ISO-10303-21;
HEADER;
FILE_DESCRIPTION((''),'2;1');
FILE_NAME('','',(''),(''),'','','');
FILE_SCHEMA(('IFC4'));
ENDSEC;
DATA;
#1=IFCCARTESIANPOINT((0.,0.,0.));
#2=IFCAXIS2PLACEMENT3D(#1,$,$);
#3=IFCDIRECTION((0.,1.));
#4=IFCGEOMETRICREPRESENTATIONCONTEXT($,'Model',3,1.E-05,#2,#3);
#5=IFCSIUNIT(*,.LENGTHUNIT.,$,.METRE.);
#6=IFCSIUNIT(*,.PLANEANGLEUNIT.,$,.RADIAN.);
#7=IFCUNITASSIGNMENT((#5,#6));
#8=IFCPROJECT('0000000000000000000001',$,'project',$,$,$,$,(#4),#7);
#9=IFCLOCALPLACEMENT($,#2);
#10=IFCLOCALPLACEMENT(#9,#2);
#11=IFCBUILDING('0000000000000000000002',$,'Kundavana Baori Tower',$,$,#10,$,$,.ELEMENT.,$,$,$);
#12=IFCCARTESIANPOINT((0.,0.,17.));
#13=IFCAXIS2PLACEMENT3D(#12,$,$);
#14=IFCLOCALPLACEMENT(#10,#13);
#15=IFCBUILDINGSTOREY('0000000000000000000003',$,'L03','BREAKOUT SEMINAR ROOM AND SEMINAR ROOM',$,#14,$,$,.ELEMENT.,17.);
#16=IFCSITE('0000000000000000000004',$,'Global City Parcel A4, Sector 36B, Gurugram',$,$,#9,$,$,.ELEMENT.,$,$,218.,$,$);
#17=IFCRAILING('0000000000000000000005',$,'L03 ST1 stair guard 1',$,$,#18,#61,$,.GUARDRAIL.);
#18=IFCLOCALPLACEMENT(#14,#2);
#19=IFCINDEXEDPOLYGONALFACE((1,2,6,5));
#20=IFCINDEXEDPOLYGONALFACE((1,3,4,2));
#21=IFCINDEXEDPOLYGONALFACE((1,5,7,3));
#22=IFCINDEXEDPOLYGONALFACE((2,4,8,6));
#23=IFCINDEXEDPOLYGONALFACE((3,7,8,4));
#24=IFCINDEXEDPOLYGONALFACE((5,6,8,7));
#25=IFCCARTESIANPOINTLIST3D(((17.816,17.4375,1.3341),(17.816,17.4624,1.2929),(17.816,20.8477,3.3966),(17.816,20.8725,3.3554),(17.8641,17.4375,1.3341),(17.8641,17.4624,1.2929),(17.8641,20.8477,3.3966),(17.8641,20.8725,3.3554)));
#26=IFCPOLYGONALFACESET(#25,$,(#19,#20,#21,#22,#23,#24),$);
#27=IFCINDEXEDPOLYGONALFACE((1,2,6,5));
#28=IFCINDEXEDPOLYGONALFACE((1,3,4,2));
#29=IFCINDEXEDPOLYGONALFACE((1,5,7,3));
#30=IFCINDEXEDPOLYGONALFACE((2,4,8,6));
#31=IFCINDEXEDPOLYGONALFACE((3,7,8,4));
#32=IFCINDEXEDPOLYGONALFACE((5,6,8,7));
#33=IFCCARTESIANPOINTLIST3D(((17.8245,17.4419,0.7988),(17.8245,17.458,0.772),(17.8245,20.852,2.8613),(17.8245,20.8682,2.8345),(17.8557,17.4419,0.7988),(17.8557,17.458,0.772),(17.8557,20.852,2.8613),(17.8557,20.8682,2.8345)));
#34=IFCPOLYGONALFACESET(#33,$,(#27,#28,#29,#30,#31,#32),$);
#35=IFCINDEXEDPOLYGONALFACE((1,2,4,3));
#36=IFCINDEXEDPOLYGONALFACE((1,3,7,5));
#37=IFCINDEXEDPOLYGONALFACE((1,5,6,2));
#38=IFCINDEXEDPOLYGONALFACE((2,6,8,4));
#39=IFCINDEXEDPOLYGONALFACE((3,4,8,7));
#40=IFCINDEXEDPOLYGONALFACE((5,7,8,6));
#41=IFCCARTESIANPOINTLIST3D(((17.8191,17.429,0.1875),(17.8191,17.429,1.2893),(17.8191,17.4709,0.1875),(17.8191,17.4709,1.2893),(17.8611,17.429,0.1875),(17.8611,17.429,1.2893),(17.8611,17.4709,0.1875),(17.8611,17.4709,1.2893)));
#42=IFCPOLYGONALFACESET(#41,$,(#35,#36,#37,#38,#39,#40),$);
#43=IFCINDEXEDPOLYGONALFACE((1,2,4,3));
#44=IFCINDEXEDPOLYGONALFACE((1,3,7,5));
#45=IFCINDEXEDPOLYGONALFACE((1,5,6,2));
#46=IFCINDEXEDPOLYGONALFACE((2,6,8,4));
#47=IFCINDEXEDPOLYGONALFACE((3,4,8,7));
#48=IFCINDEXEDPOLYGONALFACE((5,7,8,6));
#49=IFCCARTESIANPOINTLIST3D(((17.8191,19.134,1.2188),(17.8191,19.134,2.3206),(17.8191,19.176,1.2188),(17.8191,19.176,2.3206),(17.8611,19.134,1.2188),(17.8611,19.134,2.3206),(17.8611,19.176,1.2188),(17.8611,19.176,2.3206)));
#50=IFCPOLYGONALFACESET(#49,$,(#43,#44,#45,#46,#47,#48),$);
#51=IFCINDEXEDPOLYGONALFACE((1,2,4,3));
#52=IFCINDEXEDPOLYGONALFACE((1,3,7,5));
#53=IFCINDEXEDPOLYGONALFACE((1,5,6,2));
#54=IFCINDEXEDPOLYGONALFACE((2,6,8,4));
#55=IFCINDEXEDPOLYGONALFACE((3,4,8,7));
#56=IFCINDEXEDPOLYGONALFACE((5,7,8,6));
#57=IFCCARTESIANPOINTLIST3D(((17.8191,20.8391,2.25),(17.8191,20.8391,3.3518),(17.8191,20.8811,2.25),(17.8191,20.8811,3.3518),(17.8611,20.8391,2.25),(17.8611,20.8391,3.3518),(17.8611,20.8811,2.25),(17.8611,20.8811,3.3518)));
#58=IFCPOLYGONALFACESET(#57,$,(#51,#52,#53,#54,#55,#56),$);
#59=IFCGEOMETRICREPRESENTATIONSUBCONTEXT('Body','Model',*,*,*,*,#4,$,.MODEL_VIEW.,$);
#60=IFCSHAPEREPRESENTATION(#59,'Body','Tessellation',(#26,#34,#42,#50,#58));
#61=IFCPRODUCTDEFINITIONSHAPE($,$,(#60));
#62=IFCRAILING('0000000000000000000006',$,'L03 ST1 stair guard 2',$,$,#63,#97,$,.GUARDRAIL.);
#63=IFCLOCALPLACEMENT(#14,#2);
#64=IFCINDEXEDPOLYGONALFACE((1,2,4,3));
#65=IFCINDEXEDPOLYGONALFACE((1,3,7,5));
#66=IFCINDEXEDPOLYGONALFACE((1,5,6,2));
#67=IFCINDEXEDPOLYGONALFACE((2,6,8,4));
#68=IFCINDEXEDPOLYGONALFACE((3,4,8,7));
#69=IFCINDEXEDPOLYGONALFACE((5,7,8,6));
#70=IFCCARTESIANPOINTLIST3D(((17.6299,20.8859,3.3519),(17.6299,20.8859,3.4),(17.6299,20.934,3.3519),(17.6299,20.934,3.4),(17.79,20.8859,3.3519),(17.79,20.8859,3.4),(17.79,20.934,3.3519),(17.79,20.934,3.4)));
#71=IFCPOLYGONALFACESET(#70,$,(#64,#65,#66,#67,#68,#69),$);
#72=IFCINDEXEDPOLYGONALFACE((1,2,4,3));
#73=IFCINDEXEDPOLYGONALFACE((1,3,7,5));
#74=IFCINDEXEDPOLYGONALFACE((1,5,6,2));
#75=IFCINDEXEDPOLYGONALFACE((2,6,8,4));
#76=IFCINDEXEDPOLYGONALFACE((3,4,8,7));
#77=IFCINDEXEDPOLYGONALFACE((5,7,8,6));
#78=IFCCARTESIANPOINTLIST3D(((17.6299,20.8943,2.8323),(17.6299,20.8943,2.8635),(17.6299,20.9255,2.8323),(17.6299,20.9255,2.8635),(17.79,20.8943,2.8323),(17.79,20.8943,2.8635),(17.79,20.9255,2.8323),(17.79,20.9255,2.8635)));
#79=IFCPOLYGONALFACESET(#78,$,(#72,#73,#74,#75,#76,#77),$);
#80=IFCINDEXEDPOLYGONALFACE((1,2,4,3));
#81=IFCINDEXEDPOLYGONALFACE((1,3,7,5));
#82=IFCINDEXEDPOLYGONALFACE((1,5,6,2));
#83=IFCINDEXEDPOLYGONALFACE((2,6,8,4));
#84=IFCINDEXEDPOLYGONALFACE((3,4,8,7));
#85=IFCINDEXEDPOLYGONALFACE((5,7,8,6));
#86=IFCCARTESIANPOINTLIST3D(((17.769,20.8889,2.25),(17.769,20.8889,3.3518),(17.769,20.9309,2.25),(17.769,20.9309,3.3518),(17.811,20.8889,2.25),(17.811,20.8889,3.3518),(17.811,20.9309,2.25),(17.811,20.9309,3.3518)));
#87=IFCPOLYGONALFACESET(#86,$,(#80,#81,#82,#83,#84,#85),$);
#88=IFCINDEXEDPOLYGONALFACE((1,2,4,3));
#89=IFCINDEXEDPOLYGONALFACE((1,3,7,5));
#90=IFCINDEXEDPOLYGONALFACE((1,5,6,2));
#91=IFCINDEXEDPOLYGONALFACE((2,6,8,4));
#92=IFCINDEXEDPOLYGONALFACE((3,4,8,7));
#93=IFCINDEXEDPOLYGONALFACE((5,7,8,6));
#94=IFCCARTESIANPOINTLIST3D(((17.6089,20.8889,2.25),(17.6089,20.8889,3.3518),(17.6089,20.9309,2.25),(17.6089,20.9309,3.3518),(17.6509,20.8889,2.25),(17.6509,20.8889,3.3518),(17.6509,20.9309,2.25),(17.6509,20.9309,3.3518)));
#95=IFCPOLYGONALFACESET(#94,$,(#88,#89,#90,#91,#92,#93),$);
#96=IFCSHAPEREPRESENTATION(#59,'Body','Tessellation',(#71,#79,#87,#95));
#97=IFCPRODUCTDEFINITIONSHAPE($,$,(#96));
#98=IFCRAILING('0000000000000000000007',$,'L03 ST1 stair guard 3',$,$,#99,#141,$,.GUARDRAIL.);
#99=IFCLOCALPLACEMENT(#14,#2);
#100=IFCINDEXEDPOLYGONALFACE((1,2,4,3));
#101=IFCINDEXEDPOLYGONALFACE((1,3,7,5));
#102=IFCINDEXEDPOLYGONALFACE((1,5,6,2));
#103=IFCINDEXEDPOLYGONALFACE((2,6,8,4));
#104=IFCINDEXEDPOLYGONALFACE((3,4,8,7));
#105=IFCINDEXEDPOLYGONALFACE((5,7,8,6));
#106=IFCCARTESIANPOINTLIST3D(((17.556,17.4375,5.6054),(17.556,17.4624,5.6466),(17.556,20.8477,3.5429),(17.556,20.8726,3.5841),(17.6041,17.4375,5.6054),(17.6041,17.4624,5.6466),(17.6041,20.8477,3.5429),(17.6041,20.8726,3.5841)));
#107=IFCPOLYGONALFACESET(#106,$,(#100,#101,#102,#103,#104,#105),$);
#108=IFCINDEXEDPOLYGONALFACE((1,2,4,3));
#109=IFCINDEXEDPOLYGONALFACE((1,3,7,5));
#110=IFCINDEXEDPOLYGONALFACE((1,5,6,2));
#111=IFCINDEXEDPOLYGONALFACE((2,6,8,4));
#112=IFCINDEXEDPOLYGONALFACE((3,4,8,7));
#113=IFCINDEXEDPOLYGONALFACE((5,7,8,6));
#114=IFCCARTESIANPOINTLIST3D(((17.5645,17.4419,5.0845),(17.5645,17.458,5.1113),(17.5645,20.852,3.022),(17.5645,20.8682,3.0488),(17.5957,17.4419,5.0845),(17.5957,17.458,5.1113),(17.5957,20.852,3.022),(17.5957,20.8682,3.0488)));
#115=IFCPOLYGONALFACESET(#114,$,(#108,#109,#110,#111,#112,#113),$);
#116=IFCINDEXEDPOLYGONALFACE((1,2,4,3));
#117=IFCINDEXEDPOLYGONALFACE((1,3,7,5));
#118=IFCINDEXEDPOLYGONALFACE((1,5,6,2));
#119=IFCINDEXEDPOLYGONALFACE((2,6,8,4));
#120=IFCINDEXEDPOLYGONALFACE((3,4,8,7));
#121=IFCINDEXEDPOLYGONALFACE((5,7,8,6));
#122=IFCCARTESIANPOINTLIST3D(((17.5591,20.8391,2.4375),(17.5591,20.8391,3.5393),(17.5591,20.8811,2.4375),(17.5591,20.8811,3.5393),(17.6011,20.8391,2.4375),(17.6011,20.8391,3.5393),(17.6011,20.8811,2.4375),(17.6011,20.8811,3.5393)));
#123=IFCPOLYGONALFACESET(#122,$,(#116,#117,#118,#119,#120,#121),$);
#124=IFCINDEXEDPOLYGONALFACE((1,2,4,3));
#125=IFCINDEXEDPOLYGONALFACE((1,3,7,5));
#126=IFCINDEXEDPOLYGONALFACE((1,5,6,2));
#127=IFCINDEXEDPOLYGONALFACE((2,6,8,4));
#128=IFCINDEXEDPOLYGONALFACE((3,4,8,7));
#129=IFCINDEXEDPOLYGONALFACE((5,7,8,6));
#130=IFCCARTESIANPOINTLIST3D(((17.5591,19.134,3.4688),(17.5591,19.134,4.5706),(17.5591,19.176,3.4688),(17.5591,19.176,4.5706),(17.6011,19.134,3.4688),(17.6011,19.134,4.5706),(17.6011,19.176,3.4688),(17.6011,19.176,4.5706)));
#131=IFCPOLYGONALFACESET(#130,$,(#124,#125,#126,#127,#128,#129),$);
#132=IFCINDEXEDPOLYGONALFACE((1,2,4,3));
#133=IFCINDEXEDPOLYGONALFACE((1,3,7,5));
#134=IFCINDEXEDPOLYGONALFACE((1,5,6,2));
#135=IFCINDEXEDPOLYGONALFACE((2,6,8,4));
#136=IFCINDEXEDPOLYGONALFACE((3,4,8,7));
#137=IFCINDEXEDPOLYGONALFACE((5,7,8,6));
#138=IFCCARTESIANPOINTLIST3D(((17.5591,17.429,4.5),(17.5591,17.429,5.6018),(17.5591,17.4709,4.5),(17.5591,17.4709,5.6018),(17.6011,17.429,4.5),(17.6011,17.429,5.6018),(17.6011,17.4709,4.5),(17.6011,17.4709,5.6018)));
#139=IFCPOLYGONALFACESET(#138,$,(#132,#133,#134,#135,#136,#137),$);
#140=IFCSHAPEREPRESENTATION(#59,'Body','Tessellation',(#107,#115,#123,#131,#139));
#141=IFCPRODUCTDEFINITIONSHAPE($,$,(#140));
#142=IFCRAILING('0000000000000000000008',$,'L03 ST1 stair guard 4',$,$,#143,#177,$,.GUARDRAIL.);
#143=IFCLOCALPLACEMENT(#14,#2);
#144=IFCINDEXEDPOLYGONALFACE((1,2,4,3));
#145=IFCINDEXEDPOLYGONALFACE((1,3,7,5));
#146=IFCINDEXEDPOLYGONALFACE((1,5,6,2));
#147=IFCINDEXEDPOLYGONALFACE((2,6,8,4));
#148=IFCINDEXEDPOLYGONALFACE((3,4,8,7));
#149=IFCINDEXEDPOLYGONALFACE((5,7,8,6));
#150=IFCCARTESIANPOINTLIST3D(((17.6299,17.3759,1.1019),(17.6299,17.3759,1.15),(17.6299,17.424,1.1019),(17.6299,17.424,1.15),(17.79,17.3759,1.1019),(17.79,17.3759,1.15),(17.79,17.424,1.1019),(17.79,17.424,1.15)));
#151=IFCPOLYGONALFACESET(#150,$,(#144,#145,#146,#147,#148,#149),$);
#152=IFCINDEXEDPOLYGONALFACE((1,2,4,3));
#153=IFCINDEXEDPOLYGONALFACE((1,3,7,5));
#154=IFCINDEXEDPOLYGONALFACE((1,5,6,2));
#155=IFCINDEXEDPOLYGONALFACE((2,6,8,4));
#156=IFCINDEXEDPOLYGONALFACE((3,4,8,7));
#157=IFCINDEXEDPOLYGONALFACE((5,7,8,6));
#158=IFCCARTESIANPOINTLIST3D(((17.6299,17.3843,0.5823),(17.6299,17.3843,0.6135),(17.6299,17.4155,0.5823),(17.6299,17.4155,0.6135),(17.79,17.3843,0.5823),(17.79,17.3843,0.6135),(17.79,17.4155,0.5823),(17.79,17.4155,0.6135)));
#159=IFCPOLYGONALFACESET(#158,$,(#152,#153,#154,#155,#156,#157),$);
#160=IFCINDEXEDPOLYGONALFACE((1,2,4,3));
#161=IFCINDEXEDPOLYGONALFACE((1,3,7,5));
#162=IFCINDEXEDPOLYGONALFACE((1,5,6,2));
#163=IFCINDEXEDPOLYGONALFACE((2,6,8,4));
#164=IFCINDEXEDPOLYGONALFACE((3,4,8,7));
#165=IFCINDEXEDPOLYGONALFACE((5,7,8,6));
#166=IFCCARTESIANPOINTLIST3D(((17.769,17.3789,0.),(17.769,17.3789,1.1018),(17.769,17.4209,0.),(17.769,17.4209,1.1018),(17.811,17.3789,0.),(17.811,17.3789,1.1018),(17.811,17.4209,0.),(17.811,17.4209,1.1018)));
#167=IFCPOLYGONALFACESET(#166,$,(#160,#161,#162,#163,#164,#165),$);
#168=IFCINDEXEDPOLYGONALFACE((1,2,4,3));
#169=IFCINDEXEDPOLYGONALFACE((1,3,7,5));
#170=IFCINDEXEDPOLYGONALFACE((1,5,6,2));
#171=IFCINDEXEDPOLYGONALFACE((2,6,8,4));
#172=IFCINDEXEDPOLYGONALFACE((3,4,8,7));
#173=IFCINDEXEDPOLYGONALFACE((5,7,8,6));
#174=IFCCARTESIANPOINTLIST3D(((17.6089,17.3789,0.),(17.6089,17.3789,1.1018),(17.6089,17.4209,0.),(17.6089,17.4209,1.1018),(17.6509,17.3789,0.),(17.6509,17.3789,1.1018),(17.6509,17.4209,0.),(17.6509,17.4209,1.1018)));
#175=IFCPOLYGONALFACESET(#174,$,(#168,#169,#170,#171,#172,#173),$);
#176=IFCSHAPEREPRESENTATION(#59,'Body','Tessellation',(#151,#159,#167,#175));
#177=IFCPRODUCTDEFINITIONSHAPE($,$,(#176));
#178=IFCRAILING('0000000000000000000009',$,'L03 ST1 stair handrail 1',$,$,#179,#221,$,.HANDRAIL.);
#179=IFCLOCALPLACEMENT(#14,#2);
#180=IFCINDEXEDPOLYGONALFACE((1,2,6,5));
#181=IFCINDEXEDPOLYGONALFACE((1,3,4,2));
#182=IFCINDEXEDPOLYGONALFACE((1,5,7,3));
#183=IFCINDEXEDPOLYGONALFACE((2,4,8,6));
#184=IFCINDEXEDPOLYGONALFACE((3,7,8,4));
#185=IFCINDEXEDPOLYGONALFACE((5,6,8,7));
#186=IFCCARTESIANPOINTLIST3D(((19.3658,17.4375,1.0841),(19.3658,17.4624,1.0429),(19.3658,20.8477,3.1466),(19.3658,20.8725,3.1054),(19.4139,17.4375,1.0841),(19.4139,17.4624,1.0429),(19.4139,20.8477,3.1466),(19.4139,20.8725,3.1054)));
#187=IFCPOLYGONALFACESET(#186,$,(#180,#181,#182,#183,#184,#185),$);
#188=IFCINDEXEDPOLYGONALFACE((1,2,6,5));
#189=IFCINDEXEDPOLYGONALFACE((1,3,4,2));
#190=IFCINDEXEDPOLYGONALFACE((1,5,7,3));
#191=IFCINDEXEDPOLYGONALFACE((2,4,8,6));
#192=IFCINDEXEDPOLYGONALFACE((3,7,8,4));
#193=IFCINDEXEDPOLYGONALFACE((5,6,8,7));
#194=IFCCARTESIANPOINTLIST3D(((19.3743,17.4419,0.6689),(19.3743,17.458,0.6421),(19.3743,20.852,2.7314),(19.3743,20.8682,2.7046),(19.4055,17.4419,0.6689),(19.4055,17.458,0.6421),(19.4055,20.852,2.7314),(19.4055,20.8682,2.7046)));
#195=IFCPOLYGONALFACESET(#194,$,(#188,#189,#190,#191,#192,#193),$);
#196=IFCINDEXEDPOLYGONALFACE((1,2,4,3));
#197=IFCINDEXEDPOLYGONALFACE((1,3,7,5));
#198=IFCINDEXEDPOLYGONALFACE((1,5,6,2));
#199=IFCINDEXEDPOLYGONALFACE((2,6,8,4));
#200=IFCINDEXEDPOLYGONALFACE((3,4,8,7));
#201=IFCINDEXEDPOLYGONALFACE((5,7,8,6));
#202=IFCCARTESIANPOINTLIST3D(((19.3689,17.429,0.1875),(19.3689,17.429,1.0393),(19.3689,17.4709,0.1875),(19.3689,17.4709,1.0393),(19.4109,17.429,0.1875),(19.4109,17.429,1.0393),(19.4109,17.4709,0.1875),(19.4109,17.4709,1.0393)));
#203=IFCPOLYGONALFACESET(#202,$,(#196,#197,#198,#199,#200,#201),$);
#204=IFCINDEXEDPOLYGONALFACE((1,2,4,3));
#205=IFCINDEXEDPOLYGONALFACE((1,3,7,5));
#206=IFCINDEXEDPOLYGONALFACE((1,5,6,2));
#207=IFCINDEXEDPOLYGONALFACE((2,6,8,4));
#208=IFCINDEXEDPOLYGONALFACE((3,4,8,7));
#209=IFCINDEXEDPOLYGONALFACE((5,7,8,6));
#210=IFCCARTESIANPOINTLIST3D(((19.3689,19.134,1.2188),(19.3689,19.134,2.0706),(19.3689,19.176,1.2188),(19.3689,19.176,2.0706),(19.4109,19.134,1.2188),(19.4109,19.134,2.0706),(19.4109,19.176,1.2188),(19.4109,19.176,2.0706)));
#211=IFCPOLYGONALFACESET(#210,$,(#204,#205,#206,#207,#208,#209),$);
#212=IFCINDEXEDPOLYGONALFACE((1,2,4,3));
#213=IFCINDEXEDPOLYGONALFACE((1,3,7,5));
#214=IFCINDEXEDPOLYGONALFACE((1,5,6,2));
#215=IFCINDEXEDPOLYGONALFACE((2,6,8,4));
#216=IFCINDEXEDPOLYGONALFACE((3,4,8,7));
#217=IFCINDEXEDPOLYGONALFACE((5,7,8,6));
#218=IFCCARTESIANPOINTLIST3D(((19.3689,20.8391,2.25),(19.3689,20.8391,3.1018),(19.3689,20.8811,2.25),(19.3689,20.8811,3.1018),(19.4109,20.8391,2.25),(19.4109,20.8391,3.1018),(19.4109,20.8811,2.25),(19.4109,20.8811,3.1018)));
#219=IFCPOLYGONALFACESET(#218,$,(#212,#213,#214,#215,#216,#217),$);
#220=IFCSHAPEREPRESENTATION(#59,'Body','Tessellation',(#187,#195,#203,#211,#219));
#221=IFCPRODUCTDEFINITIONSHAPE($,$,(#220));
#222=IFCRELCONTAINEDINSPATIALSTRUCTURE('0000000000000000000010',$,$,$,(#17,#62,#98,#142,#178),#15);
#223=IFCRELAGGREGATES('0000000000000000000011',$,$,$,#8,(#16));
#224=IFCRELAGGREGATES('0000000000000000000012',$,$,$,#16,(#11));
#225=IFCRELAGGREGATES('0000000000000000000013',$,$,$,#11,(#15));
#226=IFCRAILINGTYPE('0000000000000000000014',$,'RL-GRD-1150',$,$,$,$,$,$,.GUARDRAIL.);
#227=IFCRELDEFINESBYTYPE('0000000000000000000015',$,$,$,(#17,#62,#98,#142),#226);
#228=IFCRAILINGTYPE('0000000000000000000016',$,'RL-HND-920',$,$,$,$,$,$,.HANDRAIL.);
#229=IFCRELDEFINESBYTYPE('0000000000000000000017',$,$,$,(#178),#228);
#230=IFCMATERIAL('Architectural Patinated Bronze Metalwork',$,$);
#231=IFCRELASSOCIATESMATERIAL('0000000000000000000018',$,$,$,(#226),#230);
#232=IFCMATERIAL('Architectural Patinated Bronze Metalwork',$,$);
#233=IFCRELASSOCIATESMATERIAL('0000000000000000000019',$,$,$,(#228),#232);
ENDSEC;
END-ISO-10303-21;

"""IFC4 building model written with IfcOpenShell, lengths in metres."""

from ifc_helpers import new_model, si_unit, direction, frame, origin, origin_2d, place, context, subcontext, project, spatial, rectangle, extrude, material, type_object, element, save


model = new_model("IFC4")

# Units and contexts
model_context = context("Model", 3, precision=1e-05, world=origin(), true_north=direction((0.0, 1.0)))
body_context = subcontext(model_context, "Body", "Model", "MODEL_VIEW")
ifc_project = project(units=[si_unit("LENGTHUNIT", "METRE"), si_unit("PLANEANGLEUNIT", "RADIAN")], contexts=[model_context])

# Site, building, storey
site_placement = place(None, origin())
site = spatial("IfcSite", under=ifc_project, at=site_placement, Name="Global City Parcel A4, Sector 36B, Gurugram", CompositionType="ELEMENT", RefElevation=218.0)
building_placement = place(site_placement, origin())
building = spatial("IfcBuilding", under=site, at=building_placement, Name="Kundavana Baori Tower", CompositionType="ELEMENT")
storey_placement = place(building_placement, frame((0.0, 0.0, 17.0)))
storey = spatial("IfcBuildingStorey", under=building, at=storey_placement, Name="L03", Description="BREAKOUT SEMINAR ROOM AND SEMINAR ROOM", CompositionType="ELEMENT", Elevation=17.0)

# Railings
ifc_material_1 = material(Name="Architectural Patinated Bronze Metalwork")
railing_type_1 = type_object("IfcRailingType", Name="RL-GRD-1150", PredefinedType="GUARDRAIL", material=ifc_material_1)
railing_1_placement = place(storey_placement, frame((17.8401, 17.45, 0.1875)))
element("IfcRailing", 1, at=railing_1_placement, inside=storey, type_object=railing_type_1, Name="L03 ST1 stair guard 1", PredefinedType="GUARDRAIL", context=body_context, shape_type="SweptSolid", body=[
    extrude(rectangle(XDim=0.0481, YDim=0.0481, at=origin_2d()), frame((0.0, 0.0, 1.126), z_axis=(0.0, 0.855671, 0.517519), x_axis=(-1.0, 0.0, 0.0)), (0.0, 0.0, 1.0), 3.9854),
    extrude(rectangle(XDim=0.0312, YDim=0.0312, at=origin_2d()), frame((0.0, 0.0, 0.5979), z_axis=(0.0, 0.855671, 0.517519), x_axis=(-1.0, 0.0, 0.0)), (0.0, 0.0, 1.0), 3.9854),
    extrude(rectangle(XDim=0.042, YDim=0.042, at=origin_2d()), origin(), (0.0, 0.0, 1.0), 1.1018),
    extrude(rectangle(XDim=0.042, YDim=0.042, at=origin_2d()), frame((0.0, 1.7051, 1.0312)), (0.0, 0.0, 1.0), 1.1018),
    extrude(rectangle(XDim=0.042, YDim=0.042, at=origin_2d()), frame((0.0, 3.4102, 2.0625)), (0.0, 0.0, 1.0), 1.1018),
])
railing_2_placement = place(storey_placement, frame((17.79, 20.9099, 2.25)))
element("IfcRailing", 2, at=railing_2_placement, inside=storey, type_object=railing_type_1, Name="L03 ST1 stair guard 2", PredefinedType="GUARDRAIL", context=body_context, shape_type="SweptSolid", body=[
    extrude(rectangle(XDim=0.0481, YDim=0.0481, at=origin_2d()), frame((0.0, 0.0, 1.126), z_axis=(-1.0, 0.0, 0.0), x_axis=(0.0, -1.0, 0.0)), (0.0, 0.0, 1.0), 0.1602),
    extrude(rectangle(XDim=0.0312, YDim=0.0312, at=origin_2d()), frame((0.0, 0.0, 0.5979), z_axis=(-1.0, 0.0, 0.0), x_axis=(0.0, -1.0, 0.0)), (0.0, 0.0, 1.0), 0.1602),
    extrude(rectangle(XDim=0.042, YDim=0.042, at=origin_2d()), origin(), (0.0, 0.0, 1.0), 1.1018),
    extrude(rectangle(XDim=0.042, YDim=0.042, at=origin_2d()), frame((-0.1602, 0.0, 0.0)), (0.0, 0.0, 1.0), 1.1018),
])
railing_3_placement = place(storey_placement, frame((17.5801, 20.8601, 2.4375)))
element("IfcRailing", 3, at=railing_3_placement, inside=storey, type_object=railing_type_1, Name="L03 ST1 stair guard 3", PredefinedType="GUARDRAIL", context=body_context, shape_type="SweptSolid", body=[
    extrude(rectangle(XDim=0.0481, YDim=0.0481, at=origin_2d()), frame((0.0, 0.0, 1.126), z_axis=(0.0, -0.855671, 0.517519), x_axis=(1.0, 0.0, 0.0)), (0.0, 0.0, 1.0), 3.9854),
    extrude(rectangle(XDim=0.0312, YDim=0.0312, at=origin_2d()), frame((0.0, 0.0, 0.5979), z_axis=(0.0, -0.855671, 0.517519), x_axis=(1.0, 0.0, 0.0)), (0.0, 0.0, 1.0), 3.9854),
    extrude(rectangle(XDim=0.042, YDim=0.042, at=origin_2d()), origin(), (0.0, 0.0, 1.0), 1.1018),
    extrude(rectangle(XDim=0.042, YDim=0.042, at=origin_2d()), frame((0.0, -1.7051, 1.0312)), (0.0, 0.0, 1.0), 1.1018),
    extrude(rectangle(XDim=0.042, YDim=0.042, at=origin_2d()), frame((0.0, -3.4102, 2.0625)), (0.0, 0.0, 1.0), 1.1018),
])
railing_4_placement = place(storey_placement, frame((17.79, 17.3999, 0.0)))
element("IfcRailing", 4, at=railing_4_placement, inside=storey, type_object=railing_type_1, Name="L03 ST1 stair guard 4", PredefinedType="GUARDRAIL", context=body_context, shape_type="SweptSolid", body=[
    extrude(rectangle(XDim=0.0481, YDim=0.0481, at=origin_2d()), frame((0.0, 0.0, 1.126), z_axis=(-1.0, 0.0, 0.0), x_axis=(0.0, -1.0, 0.0)), (0.0, 0.0, 1.0), 0.1602),
    extrude(rectangle(XDim=0.0312, YDim=0.0312, at=origin_2d()), frame((0.0, 0.0, 0.5979), z_axis=(-1.0, 0.0, 0.0), x_axis=(0.0, -1.0, 0.0)), (0.0, 0.0, 1.0), 0.1602),
    extrude(rectangle(XDim=0.042, YDim=0.042, at=origin_2d()), origin(), (0.0, 0.0, 1.0), 1.1018),
    extrude(rectangle(XDim=0.042, YDim=0.042, at=origin_2d()), frame((-0.1602, 0.0, 0.0)), (0.0, 0.0, 1.0), 1.1018),
])
ifc_material_2 = material(Name="Architectural Patinated Bronze Metalwork")
railing_type_2 = type_object("IfcRailingType", Name="RL-HND-920", PredefinedType="HANDRAIL", material=ifc_material_2)
railing_5_placement = place(storey_placement, frame((19.3899, 17.45, 0.1875)))
element("IfcRailing", 5, at=railing_5_placement, inside=storey, type_object=railing_type_2, Name="L03 ST1 stair handrail 1", PredefinedType="HANDRAIL", context=body_context, shape_type="SweptSolid", body=[
    extrude(rectangle(XDim=0.0481, YDim=0.0481, at=origin_2d()), frame((0.0, 0.0, 0.876), z_axis=(0.0, 0.855671, 0.517519), x_axis=(-1.0, 0.0, 0.0)), (0.0, 0.0, 1.0), 3.9854),
    extrude(rectangle(XDim=0.0312, YDim=0.0312, at=origin_2d()), frame((0.0, 0.0, 0.468), z_axis=(0.0, 0.855671, 0.517519), x_axis=(-1.0, 0.0, 0.0)), (0.0, 0.0, 1.0), 3.9854),
    extrude(rectangle(XDim=0.042, YDim=0.042, at=origin_2d()), origin(), (0.0, 0.0, 1.0), 0.8518),
    extrude(rectangle(XDim=0.042, YDim=0.042, at=origin_2d()), frame((0.0, 1.7051, 1.0312)), (0.0, 0.0, 1.0), 0.8518),
    extrude(rectangle(XDim=0.042, YDim=0.042, at=origin_2d()), frame((0.0, 3.4102, 2.0625)), (0.0, 0.0, 1.0), 0.8518),
])

save(model, "model.ifc")
